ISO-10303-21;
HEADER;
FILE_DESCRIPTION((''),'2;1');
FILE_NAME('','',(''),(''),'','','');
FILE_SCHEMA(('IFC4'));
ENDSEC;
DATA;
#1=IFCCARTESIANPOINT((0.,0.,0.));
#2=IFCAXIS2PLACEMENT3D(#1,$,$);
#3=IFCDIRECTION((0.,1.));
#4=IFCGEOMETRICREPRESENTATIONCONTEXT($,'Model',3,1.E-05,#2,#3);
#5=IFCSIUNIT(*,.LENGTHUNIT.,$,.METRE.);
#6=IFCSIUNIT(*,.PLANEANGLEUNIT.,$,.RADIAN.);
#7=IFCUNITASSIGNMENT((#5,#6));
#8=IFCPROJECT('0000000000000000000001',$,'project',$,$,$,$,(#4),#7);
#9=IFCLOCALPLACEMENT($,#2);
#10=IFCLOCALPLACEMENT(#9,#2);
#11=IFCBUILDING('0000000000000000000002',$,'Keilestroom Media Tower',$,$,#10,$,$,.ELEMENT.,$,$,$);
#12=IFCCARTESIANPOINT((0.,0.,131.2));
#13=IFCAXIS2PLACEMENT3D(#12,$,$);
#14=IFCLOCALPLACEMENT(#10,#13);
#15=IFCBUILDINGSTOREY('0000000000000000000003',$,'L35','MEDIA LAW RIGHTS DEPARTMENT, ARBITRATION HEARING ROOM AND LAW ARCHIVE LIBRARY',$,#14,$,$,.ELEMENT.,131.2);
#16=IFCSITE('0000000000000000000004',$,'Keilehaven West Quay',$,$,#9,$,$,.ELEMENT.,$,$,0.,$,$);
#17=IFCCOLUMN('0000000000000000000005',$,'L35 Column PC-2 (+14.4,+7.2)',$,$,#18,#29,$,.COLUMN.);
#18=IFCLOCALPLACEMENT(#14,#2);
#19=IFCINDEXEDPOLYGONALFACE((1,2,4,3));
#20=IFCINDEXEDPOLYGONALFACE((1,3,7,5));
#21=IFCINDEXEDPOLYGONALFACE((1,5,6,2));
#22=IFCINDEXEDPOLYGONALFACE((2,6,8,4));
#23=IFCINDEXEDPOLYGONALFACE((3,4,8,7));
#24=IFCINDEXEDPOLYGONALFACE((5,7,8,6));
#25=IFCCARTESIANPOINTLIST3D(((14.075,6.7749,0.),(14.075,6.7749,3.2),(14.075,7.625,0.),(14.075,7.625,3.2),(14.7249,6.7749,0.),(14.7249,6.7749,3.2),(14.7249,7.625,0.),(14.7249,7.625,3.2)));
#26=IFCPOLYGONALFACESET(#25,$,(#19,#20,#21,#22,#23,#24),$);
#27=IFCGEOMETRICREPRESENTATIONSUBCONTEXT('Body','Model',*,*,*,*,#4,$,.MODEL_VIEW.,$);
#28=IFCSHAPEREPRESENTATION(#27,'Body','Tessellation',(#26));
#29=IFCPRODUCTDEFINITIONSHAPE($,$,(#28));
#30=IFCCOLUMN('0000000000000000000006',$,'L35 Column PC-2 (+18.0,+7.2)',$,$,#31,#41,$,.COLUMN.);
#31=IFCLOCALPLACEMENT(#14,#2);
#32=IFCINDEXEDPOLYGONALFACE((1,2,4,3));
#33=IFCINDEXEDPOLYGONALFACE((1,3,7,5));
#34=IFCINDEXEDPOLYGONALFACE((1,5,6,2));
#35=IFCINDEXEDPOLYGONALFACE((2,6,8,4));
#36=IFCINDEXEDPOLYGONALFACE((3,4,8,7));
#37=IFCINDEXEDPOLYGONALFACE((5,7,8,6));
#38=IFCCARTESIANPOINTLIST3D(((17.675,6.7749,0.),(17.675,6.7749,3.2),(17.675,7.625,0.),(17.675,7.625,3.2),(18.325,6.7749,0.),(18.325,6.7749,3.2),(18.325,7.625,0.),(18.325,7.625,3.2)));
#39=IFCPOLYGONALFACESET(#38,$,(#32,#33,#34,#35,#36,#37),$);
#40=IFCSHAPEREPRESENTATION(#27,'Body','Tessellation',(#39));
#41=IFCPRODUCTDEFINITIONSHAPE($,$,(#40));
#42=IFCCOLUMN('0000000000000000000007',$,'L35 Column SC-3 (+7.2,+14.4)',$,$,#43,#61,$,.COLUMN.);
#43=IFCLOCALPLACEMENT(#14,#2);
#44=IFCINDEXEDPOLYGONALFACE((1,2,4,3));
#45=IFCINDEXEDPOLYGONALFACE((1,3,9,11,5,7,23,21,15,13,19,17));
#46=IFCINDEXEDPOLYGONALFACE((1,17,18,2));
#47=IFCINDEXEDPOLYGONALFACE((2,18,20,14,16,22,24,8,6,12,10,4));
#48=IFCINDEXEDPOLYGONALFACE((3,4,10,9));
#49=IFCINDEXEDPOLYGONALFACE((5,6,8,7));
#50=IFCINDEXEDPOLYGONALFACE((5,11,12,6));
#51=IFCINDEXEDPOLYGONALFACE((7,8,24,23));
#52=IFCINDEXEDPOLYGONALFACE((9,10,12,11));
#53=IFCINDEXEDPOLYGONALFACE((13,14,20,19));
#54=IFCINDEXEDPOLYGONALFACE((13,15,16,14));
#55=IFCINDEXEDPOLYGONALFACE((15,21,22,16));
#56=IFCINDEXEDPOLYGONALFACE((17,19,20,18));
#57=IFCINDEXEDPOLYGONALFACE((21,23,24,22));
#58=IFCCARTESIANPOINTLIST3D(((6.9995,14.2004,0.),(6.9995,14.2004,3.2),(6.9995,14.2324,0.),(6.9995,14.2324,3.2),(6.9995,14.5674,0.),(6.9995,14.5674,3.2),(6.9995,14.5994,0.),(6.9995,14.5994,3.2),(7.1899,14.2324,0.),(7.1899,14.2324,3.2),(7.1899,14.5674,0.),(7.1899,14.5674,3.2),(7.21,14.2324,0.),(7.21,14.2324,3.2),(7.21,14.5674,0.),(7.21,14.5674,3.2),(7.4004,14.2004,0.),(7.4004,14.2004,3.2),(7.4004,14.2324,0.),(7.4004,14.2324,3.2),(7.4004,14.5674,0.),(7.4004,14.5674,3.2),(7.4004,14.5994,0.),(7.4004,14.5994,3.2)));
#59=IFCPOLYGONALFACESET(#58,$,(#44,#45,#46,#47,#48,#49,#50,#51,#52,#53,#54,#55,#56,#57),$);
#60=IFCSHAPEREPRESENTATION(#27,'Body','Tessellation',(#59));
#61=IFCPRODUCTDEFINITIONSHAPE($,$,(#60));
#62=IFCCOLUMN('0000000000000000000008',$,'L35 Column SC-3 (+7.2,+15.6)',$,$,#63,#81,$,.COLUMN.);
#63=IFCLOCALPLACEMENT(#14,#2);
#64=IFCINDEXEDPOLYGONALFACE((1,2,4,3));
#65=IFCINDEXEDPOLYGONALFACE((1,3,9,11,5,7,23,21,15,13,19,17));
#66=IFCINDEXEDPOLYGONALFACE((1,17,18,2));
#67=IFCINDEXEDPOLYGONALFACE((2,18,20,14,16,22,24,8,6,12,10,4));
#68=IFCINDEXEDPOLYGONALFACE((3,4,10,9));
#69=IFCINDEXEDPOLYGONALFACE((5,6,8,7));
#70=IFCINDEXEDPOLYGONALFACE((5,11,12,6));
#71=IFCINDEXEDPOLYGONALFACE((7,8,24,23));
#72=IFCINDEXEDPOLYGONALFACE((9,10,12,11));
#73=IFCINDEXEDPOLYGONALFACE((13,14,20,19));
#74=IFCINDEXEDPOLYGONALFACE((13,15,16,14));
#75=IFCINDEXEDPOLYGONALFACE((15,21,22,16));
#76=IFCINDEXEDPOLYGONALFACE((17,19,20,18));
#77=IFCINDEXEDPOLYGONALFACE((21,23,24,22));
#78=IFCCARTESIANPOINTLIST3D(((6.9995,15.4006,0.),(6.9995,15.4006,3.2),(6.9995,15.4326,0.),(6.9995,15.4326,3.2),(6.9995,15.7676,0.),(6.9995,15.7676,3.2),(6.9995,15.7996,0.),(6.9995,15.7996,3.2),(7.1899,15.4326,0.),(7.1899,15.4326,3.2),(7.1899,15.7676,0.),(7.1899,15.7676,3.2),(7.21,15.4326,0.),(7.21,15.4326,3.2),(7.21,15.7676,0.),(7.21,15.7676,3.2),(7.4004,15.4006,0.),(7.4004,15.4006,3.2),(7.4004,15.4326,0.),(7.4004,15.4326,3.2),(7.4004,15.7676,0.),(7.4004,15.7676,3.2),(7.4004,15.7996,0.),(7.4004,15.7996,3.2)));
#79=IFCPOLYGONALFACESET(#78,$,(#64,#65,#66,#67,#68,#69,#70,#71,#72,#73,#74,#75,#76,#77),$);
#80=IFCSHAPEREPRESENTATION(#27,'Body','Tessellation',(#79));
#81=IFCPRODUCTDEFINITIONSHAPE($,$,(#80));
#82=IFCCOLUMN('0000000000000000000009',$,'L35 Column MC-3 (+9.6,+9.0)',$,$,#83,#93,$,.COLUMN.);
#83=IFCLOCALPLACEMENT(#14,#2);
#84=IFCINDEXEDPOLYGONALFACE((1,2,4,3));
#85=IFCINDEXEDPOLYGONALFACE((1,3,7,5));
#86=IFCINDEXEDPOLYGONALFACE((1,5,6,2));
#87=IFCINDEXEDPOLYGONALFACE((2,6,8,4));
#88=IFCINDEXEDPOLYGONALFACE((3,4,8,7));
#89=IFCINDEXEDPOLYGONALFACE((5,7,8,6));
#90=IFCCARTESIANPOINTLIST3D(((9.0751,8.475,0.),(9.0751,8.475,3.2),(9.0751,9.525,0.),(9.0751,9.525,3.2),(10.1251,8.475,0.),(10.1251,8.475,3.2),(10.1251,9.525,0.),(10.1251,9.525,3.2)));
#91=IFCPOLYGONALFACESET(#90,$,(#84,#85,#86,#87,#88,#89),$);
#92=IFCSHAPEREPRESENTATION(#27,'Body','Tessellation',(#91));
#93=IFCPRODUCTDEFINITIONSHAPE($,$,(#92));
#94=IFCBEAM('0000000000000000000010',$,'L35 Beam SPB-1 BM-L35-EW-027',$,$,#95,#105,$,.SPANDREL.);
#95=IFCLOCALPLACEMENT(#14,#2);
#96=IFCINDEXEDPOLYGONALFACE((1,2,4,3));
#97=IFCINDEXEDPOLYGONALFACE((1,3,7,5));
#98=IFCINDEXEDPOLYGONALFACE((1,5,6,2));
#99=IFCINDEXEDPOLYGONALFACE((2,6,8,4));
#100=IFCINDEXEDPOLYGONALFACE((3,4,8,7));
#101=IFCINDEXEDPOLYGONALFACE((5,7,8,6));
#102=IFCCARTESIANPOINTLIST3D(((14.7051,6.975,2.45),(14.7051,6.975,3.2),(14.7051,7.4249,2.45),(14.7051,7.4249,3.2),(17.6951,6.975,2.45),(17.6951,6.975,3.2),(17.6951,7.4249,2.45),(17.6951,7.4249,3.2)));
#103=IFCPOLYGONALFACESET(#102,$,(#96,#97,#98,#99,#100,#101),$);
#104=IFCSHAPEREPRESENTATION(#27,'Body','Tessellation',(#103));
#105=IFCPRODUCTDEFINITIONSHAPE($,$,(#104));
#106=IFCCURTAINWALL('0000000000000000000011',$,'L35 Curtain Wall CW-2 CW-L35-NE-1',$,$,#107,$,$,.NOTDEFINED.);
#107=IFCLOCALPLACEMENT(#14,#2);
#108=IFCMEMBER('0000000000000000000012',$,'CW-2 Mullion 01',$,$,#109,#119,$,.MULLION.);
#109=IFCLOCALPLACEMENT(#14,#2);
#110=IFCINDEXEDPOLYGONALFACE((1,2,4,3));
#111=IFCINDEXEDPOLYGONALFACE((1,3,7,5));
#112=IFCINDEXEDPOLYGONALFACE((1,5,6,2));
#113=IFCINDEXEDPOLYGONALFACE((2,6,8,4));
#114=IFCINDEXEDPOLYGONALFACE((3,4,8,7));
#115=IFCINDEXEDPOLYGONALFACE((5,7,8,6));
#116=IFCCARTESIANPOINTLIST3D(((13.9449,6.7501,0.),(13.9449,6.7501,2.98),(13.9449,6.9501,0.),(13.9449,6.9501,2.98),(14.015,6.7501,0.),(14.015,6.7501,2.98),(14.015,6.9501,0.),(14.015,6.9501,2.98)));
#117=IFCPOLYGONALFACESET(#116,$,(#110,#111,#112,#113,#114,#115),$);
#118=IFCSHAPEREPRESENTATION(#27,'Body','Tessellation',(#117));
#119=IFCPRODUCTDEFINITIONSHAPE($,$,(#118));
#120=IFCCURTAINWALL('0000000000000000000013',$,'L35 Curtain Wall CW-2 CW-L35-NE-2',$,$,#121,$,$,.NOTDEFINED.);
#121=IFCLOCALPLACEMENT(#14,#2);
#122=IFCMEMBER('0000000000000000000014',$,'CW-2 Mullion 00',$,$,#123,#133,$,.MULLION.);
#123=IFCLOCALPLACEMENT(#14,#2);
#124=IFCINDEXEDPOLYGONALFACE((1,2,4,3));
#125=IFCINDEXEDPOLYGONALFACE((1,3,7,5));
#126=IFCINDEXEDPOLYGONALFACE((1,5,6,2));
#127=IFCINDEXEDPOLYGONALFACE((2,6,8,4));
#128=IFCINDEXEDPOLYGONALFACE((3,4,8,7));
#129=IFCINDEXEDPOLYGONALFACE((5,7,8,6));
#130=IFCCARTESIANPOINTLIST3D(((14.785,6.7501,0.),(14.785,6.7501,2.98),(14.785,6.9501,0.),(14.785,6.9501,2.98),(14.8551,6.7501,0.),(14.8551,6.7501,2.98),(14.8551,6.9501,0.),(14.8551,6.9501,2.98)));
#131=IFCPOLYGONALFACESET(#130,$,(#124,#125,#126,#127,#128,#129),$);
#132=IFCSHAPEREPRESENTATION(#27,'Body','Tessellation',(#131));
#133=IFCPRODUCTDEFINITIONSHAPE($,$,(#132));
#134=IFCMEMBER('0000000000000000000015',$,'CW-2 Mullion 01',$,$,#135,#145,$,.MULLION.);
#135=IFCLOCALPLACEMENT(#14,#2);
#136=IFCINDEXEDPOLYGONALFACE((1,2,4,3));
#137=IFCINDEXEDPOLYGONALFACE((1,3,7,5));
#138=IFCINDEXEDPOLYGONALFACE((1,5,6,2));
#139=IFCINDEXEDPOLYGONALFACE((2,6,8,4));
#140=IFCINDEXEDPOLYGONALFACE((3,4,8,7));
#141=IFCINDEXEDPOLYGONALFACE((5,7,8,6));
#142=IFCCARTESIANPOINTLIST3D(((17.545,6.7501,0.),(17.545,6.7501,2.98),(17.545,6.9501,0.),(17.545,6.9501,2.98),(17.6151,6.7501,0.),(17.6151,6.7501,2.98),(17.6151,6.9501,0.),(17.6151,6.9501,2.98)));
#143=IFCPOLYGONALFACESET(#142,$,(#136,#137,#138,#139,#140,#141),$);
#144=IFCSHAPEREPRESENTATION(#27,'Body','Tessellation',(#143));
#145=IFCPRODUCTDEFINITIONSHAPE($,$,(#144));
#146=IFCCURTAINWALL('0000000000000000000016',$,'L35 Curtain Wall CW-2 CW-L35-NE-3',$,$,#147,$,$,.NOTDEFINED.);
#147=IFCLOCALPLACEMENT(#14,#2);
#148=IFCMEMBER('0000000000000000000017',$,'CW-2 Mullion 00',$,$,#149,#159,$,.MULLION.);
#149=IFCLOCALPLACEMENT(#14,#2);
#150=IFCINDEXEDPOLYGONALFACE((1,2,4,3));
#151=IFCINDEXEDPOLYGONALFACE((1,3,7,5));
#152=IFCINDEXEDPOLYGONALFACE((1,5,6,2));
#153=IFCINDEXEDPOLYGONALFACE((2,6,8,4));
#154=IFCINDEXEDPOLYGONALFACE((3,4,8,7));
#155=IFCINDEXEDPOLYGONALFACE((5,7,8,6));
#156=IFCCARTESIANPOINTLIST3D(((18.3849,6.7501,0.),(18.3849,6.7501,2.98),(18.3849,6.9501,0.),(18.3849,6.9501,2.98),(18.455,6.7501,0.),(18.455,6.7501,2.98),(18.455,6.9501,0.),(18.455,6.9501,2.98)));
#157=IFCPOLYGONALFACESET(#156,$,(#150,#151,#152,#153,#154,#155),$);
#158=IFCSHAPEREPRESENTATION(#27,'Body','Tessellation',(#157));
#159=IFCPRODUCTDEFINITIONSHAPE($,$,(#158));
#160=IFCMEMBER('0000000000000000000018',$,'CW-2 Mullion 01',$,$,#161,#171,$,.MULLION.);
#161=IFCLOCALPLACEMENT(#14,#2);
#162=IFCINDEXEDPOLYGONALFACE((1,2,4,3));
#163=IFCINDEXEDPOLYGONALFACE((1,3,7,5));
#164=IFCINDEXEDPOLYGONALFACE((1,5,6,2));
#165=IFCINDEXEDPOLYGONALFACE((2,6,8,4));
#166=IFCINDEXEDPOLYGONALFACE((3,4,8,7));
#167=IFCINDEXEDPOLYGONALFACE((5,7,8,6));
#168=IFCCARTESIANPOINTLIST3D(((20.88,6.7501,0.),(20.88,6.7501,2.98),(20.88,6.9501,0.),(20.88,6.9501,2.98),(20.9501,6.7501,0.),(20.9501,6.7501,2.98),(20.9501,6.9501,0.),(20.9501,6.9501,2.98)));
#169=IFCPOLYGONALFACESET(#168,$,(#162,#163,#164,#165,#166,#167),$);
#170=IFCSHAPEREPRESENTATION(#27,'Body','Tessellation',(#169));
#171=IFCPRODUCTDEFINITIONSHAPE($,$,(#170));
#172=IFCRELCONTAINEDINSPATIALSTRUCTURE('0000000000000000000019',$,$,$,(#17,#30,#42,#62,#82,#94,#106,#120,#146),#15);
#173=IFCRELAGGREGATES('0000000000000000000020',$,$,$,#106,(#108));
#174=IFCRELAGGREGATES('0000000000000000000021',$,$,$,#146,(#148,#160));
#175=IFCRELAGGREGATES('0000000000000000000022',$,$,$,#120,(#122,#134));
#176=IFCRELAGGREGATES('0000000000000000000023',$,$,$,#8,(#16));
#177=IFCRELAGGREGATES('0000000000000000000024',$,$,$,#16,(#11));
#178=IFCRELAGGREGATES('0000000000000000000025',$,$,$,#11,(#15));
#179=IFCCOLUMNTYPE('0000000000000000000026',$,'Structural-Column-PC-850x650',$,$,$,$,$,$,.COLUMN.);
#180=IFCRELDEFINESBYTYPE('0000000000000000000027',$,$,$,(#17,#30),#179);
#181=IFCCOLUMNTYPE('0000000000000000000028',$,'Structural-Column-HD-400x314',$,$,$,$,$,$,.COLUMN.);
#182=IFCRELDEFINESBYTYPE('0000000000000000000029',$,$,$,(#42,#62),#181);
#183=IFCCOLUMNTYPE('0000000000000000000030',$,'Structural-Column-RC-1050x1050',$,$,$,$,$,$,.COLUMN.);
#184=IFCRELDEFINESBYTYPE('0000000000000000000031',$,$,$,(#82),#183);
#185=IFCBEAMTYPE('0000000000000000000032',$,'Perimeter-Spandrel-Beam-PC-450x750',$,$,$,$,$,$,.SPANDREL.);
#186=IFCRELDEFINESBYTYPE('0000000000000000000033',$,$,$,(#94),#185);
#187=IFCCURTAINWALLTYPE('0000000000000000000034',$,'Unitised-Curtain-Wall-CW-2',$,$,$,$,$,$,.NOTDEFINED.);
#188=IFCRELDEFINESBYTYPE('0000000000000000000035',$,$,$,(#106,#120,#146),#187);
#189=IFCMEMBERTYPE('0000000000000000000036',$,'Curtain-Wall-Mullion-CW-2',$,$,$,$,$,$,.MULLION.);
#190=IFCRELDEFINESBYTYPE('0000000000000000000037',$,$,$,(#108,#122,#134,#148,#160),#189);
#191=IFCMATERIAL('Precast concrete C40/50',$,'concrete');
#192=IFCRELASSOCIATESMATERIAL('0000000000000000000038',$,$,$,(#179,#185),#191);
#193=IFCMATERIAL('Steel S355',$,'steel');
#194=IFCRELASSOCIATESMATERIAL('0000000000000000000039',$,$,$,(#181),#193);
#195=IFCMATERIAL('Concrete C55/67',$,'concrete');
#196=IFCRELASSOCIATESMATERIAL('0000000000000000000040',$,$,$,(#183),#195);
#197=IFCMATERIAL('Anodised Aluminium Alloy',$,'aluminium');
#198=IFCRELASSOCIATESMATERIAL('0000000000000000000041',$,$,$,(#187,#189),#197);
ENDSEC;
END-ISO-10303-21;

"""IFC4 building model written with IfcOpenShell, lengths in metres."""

from ifc_helpers import new_model, si_unit, direction, frame, origin, origin_2d, place, context, subcontext, project, spatial, rectangle, i_section, extrude, source, transform, mapped, material, material_profile, profile_set, type_object, element, aggregate, save


model = new_model("IFC4")

# Units and contexts
model_context = context("Model", 3, precision=1e-05, world=origin(), true_north=direction((0.0, 1.0)))
body_context = subcontext(model_context, "Body", "Model", "MODEL_VIEW")
ifc_project = project(units=[si_unit("LENGTHUNIT", "METRE"), si_unit("PLANEANGLEUNIT", "RADIAN")], contexts=[model_context])

# Site, building, storey
site_placement = place(None, origin())
site = spatial("IfcSite", under=ifc_project, at=site_placement, Name="Keilehaven West Quay", CompositionType="ELEMENT", RefElevation=0.0)
building_placement = place(site_placement, origin())
building = spatial("IfcBuilding", under=site, at=building_placement, Name="Keilestroom Media Tower", CompositionType="ELEMENT")
storey_placement = place(building_placement, frame((0.0, 0.0, 131.2)))
storey = spatial("IfcBuildingStorey", under=building, at=storey_placement, Name="L35", Description="MEDIA LAW RIGHTS DEPARTMENT, ARBITRATION HEARING ROOM AND LAW ARCHIVE LIBRARY", CompositionType="ELEMENT", Elevation=131.2)

# Columns
ifc_material_1 = material(Name="Precast concrete C40/50", Category="concrete")
ifc_material_profile_1 = material_profile(ifc_material_1, rectangle(XDim=0.6499, YDim=0.8501, at=origin_2d()), Name="PC 850x650")
ifc_profile_set_1 = profile_set([ifc_material_profile_1], Name="Precast concrete C40/50")
column_type_1 = type_object("IfcColumnType", Name="Structural-Column-PC-850x650", PredefinedType="COLUMN", material=ifc_profile_set_1)
shared_shape_1 = source(origin(), body_context, "Body", "SweptSolid", [
    extrude(rectangle(XDim=0.6499, YDim=0.8501, at=origin_2d()), origin(), (0.0, 0.0, 1.0), 3.2),
])
for number, where, z_axis, x_axis, name in (
    (1, (14.3999, 7.2, 0.0), (0.0, 0.0, 1.0), (1.0, 0.0, 0.0), "L35 Column PC-2 (+14.4,+7.2)"),
    (2, (18.0, 7.2, 0.0), (0.0, 0.0, 1.0), (1.0, 0.0, 0.0), "L35 Column PC-2 (+18.0,+7.2)"),
):
    element("IfcColumn", number, at=place(storey_placement, frame(where, z_axis=z_axis, x_axis=x_axis)), inside=storey, type_object=column_type_1, Name=name, PredefinedType="COLUMN", context=body_context, shape_type="MappedRepresentation", body=[
        mapped(shared_shape_1, transform((0.0, 0.0, 0.0), x_axis=(1.0, 0.0, 0.0), y_axis=(0.0, 1.0, 0.0), z_axis=(0.0, 0.0, 1.0), scale=1.0)),
    ])
ifc_material_2 = material(Name="Steel S355", Category="steel")
ifc_material_profile_2 = material_profile(ifc_material_2, i_section(OverallWidth=0.4009, OverallDepth=0.3989, WebThickness=0.02, FlangeThickness=0.032, at=origin_2d()), Name="HD 400x314")
ifc_profile_set_2 = profile_set([ifc_material_profile_2], Name="Steel S355")
column_type_2 = type_object("IfcColumnType", Name="Structural-Column-HD-400x314", PredefinedType="COLUMN", material=ifc_profile_set_2)
shared_shape_2 = source(origin(), body_context, "Body", "SweptSolid", [
    extrude(i_section(OverallWidth=0.4009, OverallDepth=0.3989, WebThickness=0.02, FlangeThickness=0.032, at=origin_2d()), origin(), (0.0, 0.0, 1.0), 3.2),
])
for number, where, z_axis, x_axis, name in (
    (3, (7.2, 14.3999, 0.0), (0.0, 0.0, 1.0), (1.0, 0.0, 0.0), "L35 Column SC-3 (+7.2,+14.4)"),
    (4, (7.2, 15.6001, 0.0), (0.0, 0.0, 1.0), (1.0, 0.0, 0.0), "L35 Column SC-3 (+7.2,+15.6)"),
):
    element("IfcColumn", number, at=place(storey_placement, frame(where, z_axis=z_axis, x_axis=x_axis)), inside=storey, type_object=column_type_2, Name=name, PredefinedType="COLUMN", context=body_context, shape_type="MappedRepresentation", body=[
        mapped(shared_shape_2, transform((0.0, 0.0, 0.0), x_axis=(1.0, 0.0, 0.0), y_axis=(0.0, 1.0, 0.0), z_axis=(0.0, 0.0, 1.0), scale=1.0)),
    ])
ifc_material_3 = material(Name="Concrete C55/67", Category="concrete")
ifc_material_profile_3 = material_profile(ifc_material_3, rectangle(XDim=1.05, YDim=1.05, at=origin_2d()), Name="RC 1050x1050")
ifc_profile_set_3 = profile_set([ifc_material_profile_3], Name="Concrete C55/67")
column_type_3 = type_object("IfcColumnType", Name="Structural-Column-RC-1050x1050", PredefinedType="COLUMN", material=ifc_profile_set_3)
shared_shape_3 = source(origin(), body_context, "Body", "SweptSolid", [
    extrude(rectangle(XDim=1.05, YDim=1.05, at=origin_2d()), origin(), (0.0, 0.0, 1.0), 3.2),
])
column_placement = place(storey_placement, frame((9.6001, 9.0, 0.0), z_axis=(0.0, 0.0, 1.0), x_axis=(1.0, 0.0, 0.0)))
element("IfcColumn", 5, at=column_placement, inside=storey, type_object=column_type_3, Name="L35 Column MC-3 (+9.6,+9.0)", PredefinedType="COLUMN", context=body_context, shape_type="MappedRepresentation", body=[
    mapped(shared_shape_3, transform((0.0, 0.0, 0.0), x_axis=(1.0, 0.0, 0.0), y_axis=(0.0, 1.0, 0.0), z_axis=(0.0, 0.0, 1.0), scale=1.0)),
])

# Beam
ifc_material_profile_4 = material_profile(ifc_material_1, rectangle(XDim=0.45, YDim=0.75, at=origin_2d()), Name="PC 450x750")
ifc_profile_set_4 = profile_set([ifc_material_profile_4], Name="Precast concrete C40/50")
beam_type = type_object("IfcBeamType", Name="Perimeter-Spandrel-Beam-PC-450x750", PredefinedType="SPANDREL", material=ifc_profile_set_4)
shared_shape_4 = source(origin(), body_context, "Body", "SweptSolid", [
    extrude(rectangle(XDim=0.45, YDim=0.75, at=origin_2d()), origin(), (0.0, 0.0, 1.0), 2.99),
])
beam_placement = place(storey_placement, frame((14.7051, 7.2, 2.825), z_axis=(1.0, 0.0, 0.0), x_axis=(0.0, 1.0, 0.0)))
element("IfcBeam", 6, at=beam_placement, inside=storey, type_object=beam_type, Name="L35 Beam SPB-1 BM-L35-EW-027", PredefinedType="SPANDREL", context=body_context, shape_type="MappedRepresentation", body=[
    mapped(shared_shape_4, transform((0.0, 0.0, 0.0), x_axis=(1.0, 0.0, 0.0), y_axis=(0.0, 1.0, 0.0), z_axis=(0.0, 0.0, 1.0), scale=1.0)),
])

# Curtain wall, member
ifc_material_4 = material(Name="Anodised Aluminium Alloy", Category="aluminium")
curtain_wall_type = type_object("IfcCurtainWallType", Name="Unitised-Curtain-Wall-CW-2", PredefinedType="NOTDEFINED", material=ifc_material_4)
curtain_wall_1_placement = place(storey_placement, origin())
curtain_wall_1 = element("IfcCurtainWall", 7, at=curtain_wall_1_placement, inside=storey, type_object=curtain_wall_type, Name="L35 Curtain Wall CW-2 CW-L35-NE-1", PredefinedType="NOTDEFINED")
ifc_material_profile_5 = material_profile(ifc_material_4, rectangle(XDim=0.0701, YDim=0.2, at=origin_2d()), Name="ALU MULLION 70x200")
ifc_profile_set_5 = profile_set([ifc_material_profile_5], Name="Anodised Aluminium Alloy")
member_type_1 = type_object("IfcMemberType", Name="Curtain-Wall-Mullion-CW-2", PredefinedType="MULLION", material=ifc_profile_set_5)
shared_shape_5 = source(origin(), body_context, "Body", "SweptSolid", [
    extrude(rectangle(XDim=0.0701, YDim=0.2, at=origin_2d()), origin(), (0.0, 0.0, 1.0), 2.98),
])
member_1_placement = place(storey_placement, frame((13.98, 6.8501, 0.0), z_axis=(0.0, 0.0, 1.0), x_axis=(1.0, 0.0, 0.0)))
member_1 = element("IfcMember", 8, at=member_1_placement, type_object=member_type_1, Name="CW-2 Mullion 01", PredefinedType="MULLION", context=body_context, shape_type="MappedRepresentation", body=[
    mapped(shared_shape_5, transform((0.0, 0.0, 0.0), x_axis=(1.0, 0.0, 0.0), y_axis=(0.0, 1.0, 0.0), z_axis=(0.0, 0.0, 1.0), scale=1.0)),
])
aggregate(curtain_wall_1, [member_1])

# Curtain walls, members
curtain_wall_2_placement = place(storey_placement, origin())
curtain_wall_2 = element("IfcCurtainWall", 9, at=curtain_wall_2_placement, inside=storey, type_object=curtain_wall_type, Name="L35 Curtain Wall CW-2 CW-L35-NE-2", PredefinedType="NOTDEFINED")
member_2_placement = place(storey_placement, frame((14.8201, 6.8501, 0.0), z_axis=(0.0, 0.0, 1.0), x_axis=(1.0, 0.0, 0.0)))
member_2 = element("IfcMember", 10, at=member_2_placement, type_object=member_type_1, Name="CW-2 Mullion 00", PredefinedType="MULLION", context=body_context, shape_type="MappedRepresentation", body=[
    mapped(shared_shape_5, transform((0.0, 0.0, 0.0), x_axis=(1.0, 0.0, 0.0), y_axis=(0.0, 1.0, 0.0), z_axis=(0.0, 0.0, 1.0), scale=1.0)),
])
member_3_placement = place(storey_placement, frame((17.5801, 6.8501, 0.0), z_axis=(0.0, 0.0, 1.0), x_axis=(1.0, 0.0, 0.0)))
member_3 = element("IfcMember", 11, at=member_3_placement, type_object=member_type_1, Name="CW-2 Mullion 01", PredefinedType="MULLION", context=body_context, shape_type="MappedRepresentation", body=[
    mapped(shared_shape_5, transform((0.0, 0.0, 0.0), x_axis=(1.0, 0.0, 0.0), y_axis=(0.0, 1.0, 0.0), z_axis=(0.0, 0.0, 1.0), scale=1.0)),
])
curtain_wall_3_placement = place(storey_placement, origin())
curtain_wall_3 = element("IfcCurtainWall", 12, at=curtain_wall_3_placement, inside=storey, type_object=curtain_wall_type, Name="L35 Curtain Wall CW-2 CW-L35-NE-3", PredefinedType="NOTDEFINED")
member_4_placement = place(storey_placement, frame((18.4199, 6.8501, 0.0), z_axis=(0.0, 0.0, 1.0), x_axis=(1.0, 0.0, 0.0)))
member_4 = element("IfcMember", 13, at=member_4_placement, type_object=member_type_1, Name="CW-2 Mullion 00", PredefinedType="MULLION", context=body_context, shape_type="MappedRepresentation", body=[
    mapped(shared_shape_5, transform((0.0, 0.0, 0.0), x_axis=(1.0, 0.0, 0.0), y_axis=(0.0, 1.0, 0.0), z_axis=(0.0, 0.0, 1.0), scale=1.0)),
])
member_5_placement = place(storey_placement, frame((20.915, 6.8501, 0.0), z_axis=(0.0, 0.0, 1.0), x_axis=(1.0, 0.0, 0.0)))
member_5 = element("IfcMember", 14, at=member_5_placement, type_object=member_type_1, Name="CW-2 Mullion 01", PredefinedType="MULLION", context=body_context, shape_type="MappedRepresentation", body=[
    mapped(shared_shape_5, transform((0.0, 0.0, 0.0), x_axis=(1.0, 0.0, 0.0), y_axis=(0.0, 1.0, 0.0), z_axis=(0.0, 0.0, 1.0), scale=1.0)),
])

aggregate(curtain_wall_3, [member_4, member_5])
aggregate(curtain_wall_2, [member_2, member_3])

save(model, "model.ifc")
